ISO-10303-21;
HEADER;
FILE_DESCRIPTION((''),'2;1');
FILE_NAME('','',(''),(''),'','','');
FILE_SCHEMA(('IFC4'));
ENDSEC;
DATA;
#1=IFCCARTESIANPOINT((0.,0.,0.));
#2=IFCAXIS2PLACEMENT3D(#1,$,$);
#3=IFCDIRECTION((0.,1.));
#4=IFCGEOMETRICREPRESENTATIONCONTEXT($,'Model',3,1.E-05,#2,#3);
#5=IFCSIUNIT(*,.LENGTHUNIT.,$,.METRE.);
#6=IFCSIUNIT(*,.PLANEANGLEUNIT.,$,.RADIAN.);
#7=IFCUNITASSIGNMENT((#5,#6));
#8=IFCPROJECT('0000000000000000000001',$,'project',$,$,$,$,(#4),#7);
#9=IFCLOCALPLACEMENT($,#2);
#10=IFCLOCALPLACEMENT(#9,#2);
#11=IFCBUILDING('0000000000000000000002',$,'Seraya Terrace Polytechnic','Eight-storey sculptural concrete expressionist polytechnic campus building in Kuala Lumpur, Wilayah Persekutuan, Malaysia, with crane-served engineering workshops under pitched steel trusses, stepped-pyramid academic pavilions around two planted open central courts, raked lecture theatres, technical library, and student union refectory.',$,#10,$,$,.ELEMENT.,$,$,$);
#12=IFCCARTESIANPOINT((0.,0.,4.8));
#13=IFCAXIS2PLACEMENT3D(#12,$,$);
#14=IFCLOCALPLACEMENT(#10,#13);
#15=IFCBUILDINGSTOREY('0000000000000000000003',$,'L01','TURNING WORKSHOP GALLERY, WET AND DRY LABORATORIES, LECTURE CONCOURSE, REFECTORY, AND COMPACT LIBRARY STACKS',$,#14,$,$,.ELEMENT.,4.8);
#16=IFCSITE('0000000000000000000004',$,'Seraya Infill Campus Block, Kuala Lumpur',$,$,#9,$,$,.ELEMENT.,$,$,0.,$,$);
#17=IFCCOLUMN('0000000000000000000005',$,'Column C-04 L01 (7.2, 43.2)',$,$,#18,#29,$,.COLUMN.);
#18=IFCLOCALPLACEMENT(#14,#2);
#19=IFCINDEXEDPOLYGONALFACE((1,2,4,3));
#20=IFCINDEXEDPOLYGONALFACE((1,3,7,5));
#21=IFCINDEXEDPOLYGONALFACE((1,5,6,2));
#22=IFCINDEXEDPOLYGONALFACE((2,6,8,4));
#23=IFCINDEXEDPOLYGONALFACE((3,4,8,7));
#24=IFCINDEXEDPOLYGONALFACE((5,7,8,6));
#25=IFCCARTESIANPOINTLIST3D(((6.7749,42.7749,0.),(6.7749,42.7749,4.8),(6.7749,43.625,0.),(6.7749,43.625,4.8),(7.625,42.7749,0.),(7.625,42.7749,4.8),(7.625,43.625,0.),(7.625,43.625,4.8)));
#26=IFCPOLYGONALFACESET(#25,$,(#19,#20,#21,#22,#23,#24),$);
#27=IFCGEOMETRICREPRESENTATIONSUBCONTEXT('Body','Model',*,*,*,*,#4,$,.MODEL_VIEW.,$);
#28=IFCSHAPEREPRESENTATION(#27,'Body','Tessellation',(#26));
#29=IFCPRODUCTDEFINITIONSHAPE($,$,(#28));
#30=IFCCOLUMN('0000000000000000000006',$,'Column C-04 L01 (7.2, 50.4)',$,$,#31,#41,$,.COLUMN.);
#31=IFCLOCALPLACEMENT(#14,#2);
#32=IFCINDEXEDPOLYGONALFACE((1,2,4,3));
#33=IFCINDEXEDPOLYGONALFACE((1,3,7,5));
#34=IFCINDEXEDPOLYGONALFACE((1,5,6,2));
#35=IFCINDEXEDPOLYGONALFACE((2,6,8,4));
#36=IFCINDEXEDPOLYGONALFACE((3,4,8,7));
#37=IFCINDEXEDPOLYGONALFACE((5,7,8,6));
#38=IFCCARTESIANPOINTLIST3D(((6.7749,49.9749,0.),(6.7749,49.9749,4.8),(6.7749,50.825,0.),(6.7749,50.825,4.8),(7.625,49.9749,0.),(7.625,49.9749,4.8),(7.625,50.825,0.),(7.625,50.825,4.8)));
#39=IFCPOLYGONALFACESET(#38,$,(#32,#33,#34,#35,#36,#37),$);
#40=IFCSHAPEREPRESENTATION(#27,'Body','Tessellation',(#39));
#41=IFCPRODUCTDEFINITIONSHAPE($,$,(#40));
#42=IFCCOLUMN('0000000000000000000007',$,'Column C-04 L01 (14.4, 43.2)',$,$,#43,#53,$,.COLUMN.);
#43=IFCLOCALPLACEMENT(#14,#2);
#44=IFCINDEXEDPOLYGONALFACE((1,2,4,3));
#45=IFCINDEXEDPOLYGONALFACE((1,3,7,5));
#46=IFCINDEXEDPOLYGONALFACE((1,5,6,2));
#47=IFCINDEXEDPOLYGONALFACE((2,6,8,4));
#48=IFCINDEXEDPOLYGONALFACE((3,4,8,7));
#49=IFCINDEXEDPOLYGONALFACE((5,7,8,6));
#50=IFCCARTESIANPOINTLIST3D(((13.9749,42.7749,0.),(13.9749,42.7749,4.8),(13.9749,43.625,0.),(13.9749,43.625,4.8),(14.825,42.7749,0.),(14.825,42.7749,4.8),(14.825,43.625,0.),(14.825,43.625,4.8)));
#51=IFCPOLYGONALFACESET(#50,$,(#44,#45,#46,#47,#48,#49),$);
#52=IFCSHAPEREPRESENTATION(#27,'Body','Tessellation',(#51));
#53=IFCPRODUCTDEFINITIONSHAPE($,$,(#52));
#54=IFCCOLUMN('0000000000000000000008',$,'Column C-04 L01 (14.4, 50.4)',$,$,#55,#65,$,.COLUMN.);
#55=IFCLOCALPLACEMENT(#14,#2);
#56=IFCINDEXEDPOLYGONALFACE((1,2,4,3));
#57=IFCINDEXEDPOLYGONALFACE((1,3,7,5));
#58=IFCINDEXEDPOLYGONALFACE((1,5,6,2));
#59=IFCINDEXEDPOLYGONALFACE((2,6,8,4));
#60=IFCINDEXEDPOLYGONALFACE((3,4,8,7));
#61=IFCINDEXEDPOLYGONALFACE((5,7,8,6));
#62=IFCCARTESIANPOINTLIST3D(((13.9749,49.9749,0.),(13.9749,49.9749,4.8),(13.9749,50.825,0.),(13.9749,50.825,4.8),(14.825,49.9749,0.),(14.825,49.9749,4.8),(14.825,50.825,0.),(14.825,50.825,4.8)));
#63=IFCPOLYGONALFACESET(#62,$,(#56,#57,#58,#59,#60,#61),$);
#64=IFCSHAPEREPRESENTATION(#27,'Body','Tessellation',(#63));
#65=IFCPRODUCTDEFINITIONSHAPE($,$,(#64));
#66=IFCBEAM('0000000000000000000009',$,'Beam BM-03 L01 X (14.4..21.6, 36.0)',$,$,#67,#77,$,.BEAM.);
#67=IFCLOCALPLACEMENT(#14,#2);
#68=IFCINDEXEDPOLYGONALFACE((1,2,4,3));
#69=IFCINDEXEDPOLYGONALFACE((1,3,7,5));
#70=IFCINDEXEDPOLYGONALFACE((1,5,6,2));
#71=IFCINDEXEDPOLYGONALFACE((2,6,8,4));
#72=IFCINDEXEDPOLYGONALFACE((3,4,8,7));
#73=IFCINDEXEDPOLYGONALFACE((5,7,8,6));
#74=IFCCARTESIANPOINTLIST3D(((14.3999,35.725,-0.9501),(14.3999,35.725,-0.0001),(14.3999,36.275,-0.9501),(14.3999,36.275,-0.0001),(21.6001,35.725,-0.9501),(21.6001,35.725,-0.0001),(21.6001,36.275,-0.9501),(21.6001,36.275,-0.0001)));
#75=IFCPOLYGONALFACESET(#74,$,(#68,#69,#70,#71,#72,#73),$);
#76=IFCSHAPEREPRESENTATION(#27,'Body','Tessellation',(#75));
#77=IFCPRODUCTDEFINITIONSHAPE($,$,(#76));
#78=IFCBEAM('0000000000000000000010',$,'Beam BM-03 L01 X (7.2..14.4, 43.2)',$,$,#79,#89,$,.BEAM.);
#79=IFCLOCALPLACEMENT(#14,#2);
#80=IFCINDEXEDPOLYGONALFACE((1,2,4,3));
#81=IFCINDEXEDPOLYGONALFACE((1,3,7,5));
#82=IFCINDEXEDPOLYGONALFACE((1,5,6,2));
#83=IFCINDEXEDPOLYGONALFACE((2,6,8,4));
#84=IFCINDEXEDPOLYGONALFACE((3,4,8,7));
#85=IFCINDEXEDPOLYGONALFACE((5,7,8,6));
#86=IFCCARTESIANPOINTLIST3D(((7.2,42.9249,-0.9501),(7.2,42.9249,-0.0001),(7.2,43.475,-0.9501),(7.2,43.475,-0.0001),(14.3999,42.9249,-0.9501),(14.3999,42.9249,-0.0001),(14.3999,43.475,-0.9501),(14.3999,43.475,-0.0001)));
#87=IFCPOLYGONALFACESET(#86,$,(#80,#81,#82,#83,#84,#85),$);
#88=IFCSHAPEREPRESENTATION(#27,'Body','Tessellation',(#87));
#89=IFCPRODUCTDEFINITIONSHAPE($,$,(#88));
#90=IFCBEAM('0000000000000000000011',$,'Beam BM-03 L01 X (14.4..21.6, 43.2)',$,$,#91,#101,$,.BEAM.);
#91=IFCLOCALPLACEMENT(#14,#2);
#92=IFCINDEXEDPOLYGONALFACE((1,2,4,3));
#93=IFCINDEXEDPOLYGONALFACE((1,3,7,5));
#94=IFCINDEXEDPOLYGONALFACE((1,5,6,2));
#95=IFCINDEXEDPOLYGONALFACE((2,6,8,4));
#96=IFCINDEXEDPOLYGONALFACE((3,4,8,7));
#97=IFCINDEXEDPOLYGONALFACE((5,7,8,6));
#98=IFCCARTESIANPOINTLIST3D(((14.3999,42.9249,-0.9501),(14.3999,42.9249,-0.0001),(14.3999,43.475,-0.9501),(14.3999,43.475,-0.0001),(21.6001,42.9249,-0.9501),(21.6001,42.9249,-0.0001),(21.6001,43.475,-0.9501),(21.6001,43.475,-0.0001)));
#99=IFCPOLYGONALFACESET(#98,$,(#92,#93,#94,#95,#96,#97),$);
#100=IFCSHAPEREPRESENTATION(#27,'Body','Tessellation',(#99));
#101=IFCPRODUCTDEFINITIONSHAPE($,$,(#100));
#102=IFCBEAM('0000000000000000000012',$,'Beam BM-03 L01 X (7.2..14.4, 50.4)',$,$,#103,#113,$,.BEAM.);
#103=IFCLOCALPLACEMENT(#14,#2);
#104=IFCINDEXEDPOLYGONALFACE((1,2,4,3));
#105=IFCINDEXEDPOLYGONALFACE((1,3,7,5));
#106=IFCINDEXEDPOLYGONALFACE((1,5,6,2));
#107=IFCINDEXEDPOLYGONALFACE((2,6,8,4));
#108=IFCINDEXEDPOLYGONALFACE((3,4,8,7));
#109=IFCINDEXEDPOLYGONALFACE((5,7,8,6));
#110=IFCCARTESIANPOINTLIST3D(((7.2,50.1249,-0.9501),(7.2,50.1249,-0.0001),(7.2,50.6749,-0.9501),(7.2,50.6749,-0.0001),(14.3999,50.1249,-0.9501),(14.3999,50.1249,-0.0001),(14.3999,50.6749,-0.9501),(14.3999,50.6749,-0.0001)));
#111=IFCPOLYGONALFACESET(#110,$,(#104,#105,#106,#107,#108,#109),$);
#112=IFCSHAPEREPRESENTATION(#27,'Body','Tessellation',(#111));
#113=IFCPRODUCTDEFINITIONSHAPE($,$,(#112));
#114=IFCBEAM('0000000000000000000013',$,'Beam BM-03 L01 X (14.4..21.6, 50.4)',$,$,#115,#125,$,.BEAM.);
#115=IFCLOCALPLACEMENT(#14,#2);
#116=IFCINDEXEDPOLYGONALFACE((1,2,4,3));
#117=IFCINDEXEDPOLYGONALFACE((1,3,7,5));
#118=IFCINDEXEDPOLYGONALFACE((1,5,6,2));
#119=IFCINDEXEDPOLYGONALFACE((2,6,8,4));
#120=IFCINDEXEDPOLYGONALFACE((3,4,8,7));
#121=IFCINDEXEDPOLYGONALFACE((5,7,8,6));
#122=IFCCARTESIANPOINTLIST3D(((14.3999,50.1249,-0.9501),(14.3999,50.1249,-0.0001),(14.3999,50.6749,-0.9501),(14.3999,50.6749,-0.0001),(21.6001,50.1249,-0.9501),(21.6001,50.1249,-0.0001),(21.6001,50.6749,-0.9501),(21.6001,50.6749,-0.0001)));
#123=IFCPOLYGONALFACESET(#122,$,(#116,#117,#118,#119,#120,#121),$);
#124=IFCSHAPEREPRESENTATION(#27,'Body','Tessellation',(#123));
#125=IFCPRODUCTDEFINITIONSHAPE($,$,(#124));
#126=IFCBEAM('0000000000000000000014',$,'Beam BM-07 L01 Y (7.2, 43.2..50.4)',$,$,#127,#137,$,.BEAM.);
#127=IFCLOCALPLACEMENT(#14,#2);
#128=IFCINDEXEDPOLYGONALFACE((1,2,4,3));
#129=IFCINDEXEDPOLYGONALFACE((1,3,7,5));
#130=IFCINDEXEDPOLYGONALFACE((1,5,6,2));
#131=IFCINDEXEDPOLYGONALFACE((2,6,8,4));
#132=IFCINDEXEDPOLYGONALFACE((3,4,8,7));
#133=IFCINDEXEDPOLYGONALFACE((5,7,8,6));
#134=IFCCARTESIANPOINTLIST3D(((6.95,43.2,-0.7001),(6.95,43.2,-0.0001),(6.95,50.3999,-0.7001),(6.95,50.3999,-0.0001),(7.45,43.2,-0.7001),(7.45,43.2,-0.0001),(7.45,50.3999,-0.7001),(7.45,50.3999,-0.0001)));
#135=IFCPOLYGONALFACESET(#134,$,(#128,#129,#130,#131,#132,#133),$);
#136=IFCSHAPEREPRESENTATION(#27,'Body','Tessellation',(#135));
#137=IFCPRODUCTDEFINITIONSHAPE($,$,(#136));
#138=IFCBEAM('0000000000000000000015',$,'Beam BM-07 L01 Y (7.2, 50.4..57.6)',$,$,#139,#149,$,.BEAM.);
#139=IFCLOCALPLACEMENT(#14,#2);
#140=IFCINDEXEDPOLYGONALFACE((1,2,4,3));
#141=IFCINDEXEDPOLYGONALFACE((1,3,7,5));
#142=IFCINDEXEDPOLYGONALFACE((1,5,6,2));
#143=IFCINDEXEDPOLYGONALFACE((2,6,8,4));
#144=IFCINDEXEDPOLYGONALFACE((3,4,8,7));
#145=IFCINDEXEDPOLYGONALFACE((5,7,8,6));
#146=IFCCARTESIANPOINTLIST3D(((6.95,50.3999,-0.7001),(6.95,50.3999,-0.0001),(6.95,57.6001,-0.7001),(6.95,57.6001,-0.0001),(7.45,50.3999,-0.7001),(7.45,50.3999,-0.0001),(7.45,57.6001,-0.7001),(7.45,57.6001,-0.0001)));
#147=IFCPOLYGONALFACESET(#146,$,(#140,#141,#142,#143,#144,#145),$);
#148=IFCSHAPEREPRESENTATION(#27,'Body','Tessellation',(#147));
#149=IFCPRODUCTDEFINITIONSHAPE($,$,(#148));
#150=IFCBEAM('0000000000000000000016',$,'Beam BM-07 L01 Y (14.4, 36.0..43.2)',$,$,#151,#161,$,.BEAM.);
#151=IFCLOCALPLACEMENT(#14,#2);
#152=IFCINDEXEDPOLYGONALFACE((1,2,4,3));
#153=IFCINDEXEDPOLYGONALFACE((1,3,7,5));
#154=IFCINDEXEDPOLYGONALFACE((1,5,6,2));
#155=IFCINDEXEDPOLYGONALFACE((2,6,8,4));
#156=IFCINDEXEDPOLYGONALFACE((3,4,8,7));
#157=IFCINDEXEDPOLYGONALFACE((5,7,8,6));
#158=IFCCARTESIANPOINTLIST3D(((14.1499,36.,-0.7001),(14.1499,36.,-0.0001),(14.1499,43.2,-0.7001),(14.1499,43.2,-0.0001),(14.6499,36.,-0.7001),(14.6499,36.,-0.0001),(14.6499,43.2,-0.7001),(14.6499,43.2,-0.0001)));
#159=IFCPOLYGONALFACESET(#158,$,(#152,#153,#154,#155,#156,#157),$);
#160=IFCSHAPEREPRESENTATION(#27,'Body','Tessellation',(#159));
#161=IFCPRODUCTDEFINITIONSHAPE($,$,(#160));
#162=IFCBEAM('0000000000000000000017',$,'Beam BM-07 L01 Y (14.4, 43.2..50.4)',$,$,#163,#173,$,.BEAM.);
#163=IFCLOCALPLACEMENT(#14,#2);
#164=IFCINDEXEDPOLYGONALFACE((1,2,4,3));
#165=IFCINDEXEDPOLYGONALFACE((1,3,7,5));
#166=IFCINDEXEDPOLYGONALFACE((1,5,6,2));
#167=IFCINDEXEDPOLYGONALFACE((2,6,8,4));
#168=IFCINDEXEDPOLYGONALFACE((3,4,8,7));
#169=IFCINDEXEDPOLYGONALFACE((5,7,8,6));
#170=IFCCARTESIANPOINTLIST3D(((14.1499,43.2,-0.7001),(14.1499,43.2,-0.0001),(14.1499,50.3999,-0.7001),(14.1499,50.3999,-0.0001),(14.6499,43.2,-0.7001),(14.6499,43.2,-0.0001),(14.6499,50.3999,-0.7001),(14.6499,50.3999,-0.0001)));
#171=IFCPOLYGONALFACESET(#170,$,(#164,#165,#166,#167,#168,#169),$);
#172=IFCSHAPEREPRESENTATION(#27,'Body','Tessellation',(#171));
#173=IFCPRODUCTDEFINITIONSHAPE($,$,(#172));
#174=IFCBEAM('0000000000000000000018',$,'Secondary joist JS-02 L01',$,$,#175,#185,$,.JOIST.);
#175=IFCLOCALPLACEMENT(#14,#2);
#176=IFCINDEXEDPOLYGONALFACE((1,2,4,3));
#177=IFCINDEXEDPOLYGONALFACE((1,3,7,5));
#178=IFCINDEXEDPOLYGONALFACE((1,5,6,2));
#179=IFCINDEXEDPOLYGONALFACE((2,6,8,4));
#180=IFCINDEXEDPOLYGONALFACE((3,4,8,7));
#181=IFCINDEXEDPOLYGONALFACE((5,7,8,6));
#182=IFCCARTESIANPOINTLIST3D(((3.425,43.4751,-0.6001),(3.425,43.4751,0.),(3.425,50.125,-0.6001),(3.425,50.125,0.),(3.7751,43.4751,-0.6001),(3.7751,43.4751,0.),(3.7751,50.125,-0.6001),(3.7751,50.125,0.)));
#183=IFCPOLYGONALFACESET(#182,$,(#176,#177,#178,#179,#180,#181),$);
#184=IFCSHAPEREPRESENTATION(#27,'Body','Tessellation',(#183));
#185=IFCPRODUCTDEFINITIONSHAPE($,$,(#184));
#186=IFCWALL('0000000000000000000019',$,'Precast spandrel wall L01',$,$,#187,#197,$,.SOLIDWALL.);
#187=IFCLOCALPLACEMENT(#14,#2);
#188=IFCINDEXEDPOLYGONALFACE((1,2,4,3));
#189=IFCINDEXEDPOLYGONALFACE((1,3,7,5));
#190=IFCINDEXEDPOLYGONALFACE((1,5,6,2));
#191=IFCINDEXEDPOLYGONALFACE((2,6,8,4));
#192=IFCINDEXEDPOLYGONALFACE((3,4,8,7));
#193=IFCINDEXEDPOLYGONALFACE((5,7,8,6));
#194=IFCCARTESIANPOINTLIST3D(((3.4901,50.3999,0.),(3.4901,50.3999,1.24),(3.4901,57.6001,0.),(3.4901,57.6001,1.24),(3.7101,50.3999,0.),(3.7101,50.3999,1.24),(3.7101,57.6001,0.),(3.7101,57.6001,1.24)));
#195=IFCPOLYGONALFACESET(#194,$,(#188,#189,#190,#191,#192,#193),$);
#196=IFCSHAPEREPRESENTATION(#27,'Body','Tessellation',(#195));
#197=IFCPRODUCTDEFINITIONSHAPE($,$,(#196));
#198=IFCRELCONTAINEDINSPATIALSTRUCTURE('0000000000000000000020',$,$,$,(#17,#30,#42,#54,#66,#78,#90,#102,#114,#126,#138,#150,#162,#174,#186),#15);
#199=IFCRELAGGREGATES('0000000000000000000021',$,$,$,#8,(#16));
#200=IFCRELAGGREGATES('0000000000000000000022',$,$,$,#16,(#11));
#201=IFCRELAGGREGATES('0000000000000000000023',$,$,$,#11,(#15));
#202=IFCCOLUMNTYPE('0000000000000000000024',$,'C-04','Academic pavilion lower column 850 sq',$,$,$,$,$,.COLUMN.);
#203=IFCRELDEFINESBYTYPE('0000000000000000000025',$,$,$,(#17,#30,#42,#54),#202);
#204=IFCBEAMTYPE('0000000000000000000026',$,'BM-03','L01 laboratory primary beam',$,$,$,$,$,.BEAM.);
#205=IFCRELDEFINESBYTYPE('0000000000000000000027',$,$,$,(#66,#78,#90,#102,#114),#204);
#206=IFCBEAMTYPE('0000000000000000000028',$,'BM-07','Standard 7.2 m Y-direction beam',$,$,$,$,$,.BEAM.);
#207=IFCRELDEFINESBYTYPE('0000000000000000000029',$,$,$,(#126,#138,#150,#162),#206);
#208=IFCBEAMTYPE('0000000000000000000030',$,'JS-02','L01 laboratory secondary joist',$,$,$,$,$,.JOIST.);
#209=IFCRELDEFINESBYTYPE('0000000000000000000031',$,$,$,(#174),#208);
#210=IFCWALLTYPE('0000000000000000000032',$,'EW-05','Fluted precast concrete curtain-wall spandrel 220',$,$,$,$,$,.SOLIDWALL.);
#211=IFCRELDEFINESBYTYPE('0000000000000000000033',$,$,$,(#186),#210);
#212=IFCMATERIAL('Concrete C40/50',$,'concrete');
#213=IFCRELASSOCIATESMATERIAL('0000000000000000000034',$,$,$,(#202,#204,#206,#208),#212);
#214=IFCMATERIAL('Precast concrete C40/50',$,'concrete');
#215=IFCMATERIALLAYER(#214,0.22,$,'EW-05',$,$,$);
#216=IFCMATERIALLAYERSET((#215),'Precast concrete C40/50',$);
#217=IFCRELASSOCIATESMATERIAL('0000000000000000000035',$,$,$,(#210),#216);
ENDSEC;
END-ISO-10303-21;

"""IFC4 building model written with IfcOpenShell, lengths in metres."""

from ifc_helpers import new_model, si_unit, direction, frame, frame_2d, origin, origin_2d, place, context, subcontext, project, spatial, rectangle, extrude, material, layer, layer_set, material_profile, profile_set, type_object, element, save


model = new_model("IFC4")

# Units and contexts
model_context = context("Model", 3, precision=1e-05, world=origin(), true_north=direction((0.0, 1.0)))
body_context = subcontext(model_context, "Body", "Model", "MODEL_VIEW")
ifc_project = project(units=[si_unit("LENGTHUNIT", "METRE"), si_unit("PLANEANGLEUNIT", "RADIAN")], contexts=[model_context])

# Site, building, storey
site_placement = place(None, origin())
site = spatial("IfcSite", under=ifc_project, at=site_placement, Name="Seraya Infill Campus Block, Kuala Lumpur", CompositionType="ELEMENT", RefElevation=0.0)
building_placement = place(site_placement, origin())
building = spatial("IfcBuilding", under=site, at=building_placement, Name="Seraya Terrace Polytechnic", Description="Eight-storey sculptural concrete expressionist polytechnic campus building in Kuala Lumpur, Wilayah Persekutuan, Malaysia, with crane-served engineering workshops under pitched steel trusses, stepped-pyramid academic pavilions around two planted open central courts, raked lecture theatres, technical library, and student union refectory.", CompositionType="ELEMENT")
storey_placement = place(building_placement, frame((0.0, 0.0, 4.8)))
storey = spatial("IfcBuildingStorey", under=building, at=storey_placement, Name="L01", Description="TURNING WORKSHOP GALLERY, WET AND DRY LABORATORIES, LECTURE CONCOURSE, REFECTORY, AND COMPACT LIBRARY STACKS", CompositionType="ELEMENT", Elevation=4.8)

# Columns
ifc_material_1 = material(Name="Concrete C40/50", Category="concrete")
ifc_material_profile_1 = material_profile(ifc_material_1, rectangle(XDim=0.8501, YDim=0.8501, at=origin_2d()), Name="RC 850x850")
ifc_profile_set_1 = profile_set([ifc_material_profile_1], Name="Concrete C40/50")
column_type = type_object("IfcColumnType", Name="C-04", Description="Academic pavilion lower column 850 sq", PredefinedType="COLUMN", material=ifc_profile_set_1)
for number, where, z_axis, x_axis, name in (
    (1, (7.2, 43.2, 0.0), (0.0, 0.0, 1.0), (1.0, 0.0, 0.0), "Column C-04 L01 (7.2, 43.2)"),
    (2, (7.2, 50.3999, 0.0), (0.0, 0.0, 1.0), (1.0, 0.0, 0.0), "Column C-04 L01 (7.2, 50.4)"),
    (3, (14.3999, 43.2, 0.0), (0.0, 0.0, 1.0), (1.0, 0.0, 0.0), "Column C-04 L01 (14.4, 43.2)"),
    (4, (14.3999, 50.3999, 0.0), (0.0, 0.0, 1.0), (1.0, 0.0, 0.0), "Column C-04 L01 (14.4, 50.4)"),
):
    element("IfcColumn", number, at=place(storey_placement, frame(where, z_axis=z_axis, x_axis=x_axis)), inside=storey, type_object=column_type, Name=name, PredefinedType="COLUMN", context=body_context, shape_type="SweptSolid", body=[
        extrude(rectangle(XDim=0.8501, YDim=0.8501, at=origin_2d()), origin(), (0.0, 0.0, 1.0), 4.8),
    ])

# Beams
ifc_material_profile_2 = material_profile(ifc_material_1, rectangle(XDim=0.55, YDim=0.95, at=origin_2d()), Name="RC 550x950")
ifc_profile_set_2 = profile_set([ifc_material_profile_2], Name="Concrete C40/50")
beam_type_1 = type_object("IfcBeamType", Name="BM-03", Description="L01 laboratory primary beam", PredefinedType="BEAM", material=ifc_profile_set_2)
beam_1_placement = place(storey_placement, frame((14.3999, 36.0, -0.4751), z_axis=(1.0, 0.0, 0.0), x_axis=(0.0, 1.0, 0.0)))
element("IfcBeam", 5, at=beam_1_placement, inside=storey, type_object=beam_type_1, Name="Beam BM-03 L01 X (14.4..21.6, 36.0)", PredefinedType="BEAM", context=body_context, shape_type="SweptSolid", body=[
    extrude(rectangle(XDim=0.55, YDim=0.95, at=origin_2d()), origin(), (0.0, 0.0, 1.0), 7.2002),
])
beam_2_placement = place(storey_placement, frame((7.2, 43.2, -0.4751), z_axis=(1.0, 0.0, 0.0), x_axis=(0.0, 1.0, 0.0)))
element("IfcBeam", 6, at=beam_2_placement, inside=storey, type_object=beam_type_1, Name="Beam BM-03 L01 X (7.2..14.4, 43.2)", PredefinedType="BEAM", context=body_context, shape_type="SweptSolid", body=[
    extrude(rectangle(XDim=0.55, YDim=0.95, at=origin_2d()), origin(), (0.0, 0.0, 1.0), 7.2),
])
beam_3_placement = place(storey_placement, frame((14.3999, 43.2, -0.4751), z_axis=(1.0, 0.0, 0.0), x_axis=(0.0, 1.0, 0.0)))
element("IfcBeam", 7, at=beam_3_placement, inside=storey, type_object=beam_type_1, Name="Beam BM-03 L01 X (14.4..21.6, 43.2)", PredefinedType="BEAM", context=body_context, shape_type="SweptSolid", body=[
    extrude(rectangle(XDim=0.55, YDim=0.95, at=origin_2d()), origin(), (0.0, 0.0, 1.0), 7.2002),
])
beam_4_placement = place(storey_placement, frame((7.2, 50.3999, -0.4751), z_axis=(1.0, 0.0, 0.0), x_axis=(0.0, 1.0, 0.0)))
element("IfcBeam", 8, at=beam_4_placement, inside=storey, type_object=beam_type_1, Name="Beam BM-03 L01 X (7.2..14.4, 50.4)", PredefinedType="BEAM", context=body_context, shape_type="SweptSolid", body=[
    extrude(rectangle(XDim=0.55, YDim=0.95, at=origin_2d()), origin(), (0.0, 0.0, 1.0), 7.2),
])
beam_5_placement = place(storey_placement, frame((14.3999, 50.3999, -0.4751), z_axis=(1.0, 0.0, 0.0), x_axis=(0.0, 1.0, 0.0)))
element("IfcBeam", 9, at=beam_5_placement, inside=storey, type_object=beam_type_1, Name="Beam BM-03 L01 X (14.4..21.6, 50.4)", PredefinedType="BEAM", context=body_context, shape_type="SweptSolid", body=[
    extrude(rectangle(XDim=0.55, YDim=0.95, at=origin_2d()), origin(), (0.0, 0.0, 1.0), 7.2002),
])
ifc_material_profile_3 = material_profile(ifc_material_1, rectangle(XDim=0.5, YDim=0.7, at=origin_2d()), Name="RC 500x700")
ifc_profile_set_3 = profile_set([ifc_material_profile_3], Name="Concrete C40/50")
beam_type_2 = type_object("IfcBeamType", Name="BM-07", Description="Standard 7.2 m Y-direction beam", PredefinedType="BEAM", material=ifc_profile_set_3)
beam_6_placement = place(storey_placement, frame((7.2, 43.2, -0.3501), z_axis=(0.0, 1.0, 0.0), x_axis=(-1.0, 0.0, 0.0)))
element("IfcBeam", 10, at=beam_6_placement, inside=storey, type_object=beam_type_2, Name="Beam BM-07 L01 Y (7.2, 43.2..50.4)", PredefinedType="BEAM", context=body_context, shape_type="SweptSolid", body=[
    extrude(rectangle(XDim=0.5, YDim=0.7, at=origin_2d()), origin(), (0.0, 0.0, 1.0), 7.2),
])
beam_7_placement = place(storey_placement, frame((7.2, 50.3999, -0.3501), z_axis=(0.0, 1.0, 0.0), x_axis=(-1.0, 0.0, 0.0)))
element("IfcBeam", 11, at=beam_7_placement, inside=storey, type_object=beam_type_2, Name="Beam BM-07 L01 Y (7.2, 50.4..57.6)", PredefinedType="BEAM", context=body_context, shape_type="SweptSolid", body=[
    extrude(rectangle(XDim=0.5, YDim=0.7, at=origin_2d()), origin(), (0.0, 0.0, 1.0), 7.2002),
])
for number, where, z_axis, x_axis, name in (
    (12, (14.3999, 36.0, -0.3501), (0.0, 1.0, 0.0), (-1.0, 0.0, 0.0), "Beam BM-07 L01 Y (14.4, 36.0..43.2)"),
    (13, (14.3999, 43.2, -0.3501), (0.0, 1.0, 0.0), (-1.0, 0.0, 0.0), "Beam BM-07 L01 Y (14.4, 43.2..50.4)"),
):
    element("IfcBeam", number, at=place(storey_placement, frame(where, z_axis=z_axis, x_axis=x_axis)), inside=storey, type_object=beam_type_2, Name=name, PredefinedType="BEAM", context=body_context, shape_type="SweptSolid", body=[
        extrude(rectangle(XDim=0.5, YDim=0.7, at=origin_2d()), origin(), (0.0, 0.0, 1.0), 7.2),
    ])
ifc_material_profile_4 = material_profile(ifc_material_1, rectangle(XDim=0.3501, YDim=0.6001, at=origin_2d()), Name="RC 350x600")
ifc_profile_set_4 = profile_set([ifc_material_profile_4], Name="Concrete C40/50")
beam_type_3 = type_object("IfcBeamType", Name="JS-02", Description="L01 laboratory secondary joist", PredefinedType="JOIST", material=ifc_profile_set_4)
beam_8_placement = place(storey_placement, frame((3.6001, 43.4751, -0.3), z_axis=(0.0, 1.0, 0.0), x_axis=(-1.0, 0.0, 0.0)))
element("IfcBeam", 14, at=beam_8_placement, inside=storey, type_object=beam_type_3, Name="Secondary joist JS-02 L01", PredefinedType="JOIST", context=body_context, shape_type="SweptSolid", body=[
    extrude(rectangle(XDim=0.3501, YDim=0.6001, at=origin_2d()), origin(), (0.0, 0.0, 1.0), 6.6499),
])

# Wall
ifc_material_2 = material(Name="Precast concrete C40/50", Category="concrete")
ifc_layer_1 = layer(ifc_material_2, 0.22, Name="EW-05")
ifc_layer_set_1 = layer_set([ifc_layer_1], Name="Precast concrete C40/50")
wall_type_1 = type_object("IfcWallType", Name="EW-05", Description="Fluted precast concrete curtain-wall spandrel 220", PredefinedType="SOLIDWALL", material=ifc_layer_set_1)
wall_1_placement = place(storey_placement, frame((3.6001, 50.3999, 0.0), z_axis=(0.0, 0.0, 1.0), x_axis=(0.0, 1.0, 0.0)))
element("IfcWall", 15, at=wall_1_placement, inside=storey, type_object=wall_type_1, Name="Precast spandrel wall L01", PredefinedType="SOLIDWALL", context=body_context, shape_type="SweptSolid", body=[
    extrude(rectangle(XDim=7.2002, YDim=0.22, at=frame_2d((3.6001, 0.0))), origin(), (0.0, 0.0, 1.0), 1.24),
])

save(model, "model.ifc")
